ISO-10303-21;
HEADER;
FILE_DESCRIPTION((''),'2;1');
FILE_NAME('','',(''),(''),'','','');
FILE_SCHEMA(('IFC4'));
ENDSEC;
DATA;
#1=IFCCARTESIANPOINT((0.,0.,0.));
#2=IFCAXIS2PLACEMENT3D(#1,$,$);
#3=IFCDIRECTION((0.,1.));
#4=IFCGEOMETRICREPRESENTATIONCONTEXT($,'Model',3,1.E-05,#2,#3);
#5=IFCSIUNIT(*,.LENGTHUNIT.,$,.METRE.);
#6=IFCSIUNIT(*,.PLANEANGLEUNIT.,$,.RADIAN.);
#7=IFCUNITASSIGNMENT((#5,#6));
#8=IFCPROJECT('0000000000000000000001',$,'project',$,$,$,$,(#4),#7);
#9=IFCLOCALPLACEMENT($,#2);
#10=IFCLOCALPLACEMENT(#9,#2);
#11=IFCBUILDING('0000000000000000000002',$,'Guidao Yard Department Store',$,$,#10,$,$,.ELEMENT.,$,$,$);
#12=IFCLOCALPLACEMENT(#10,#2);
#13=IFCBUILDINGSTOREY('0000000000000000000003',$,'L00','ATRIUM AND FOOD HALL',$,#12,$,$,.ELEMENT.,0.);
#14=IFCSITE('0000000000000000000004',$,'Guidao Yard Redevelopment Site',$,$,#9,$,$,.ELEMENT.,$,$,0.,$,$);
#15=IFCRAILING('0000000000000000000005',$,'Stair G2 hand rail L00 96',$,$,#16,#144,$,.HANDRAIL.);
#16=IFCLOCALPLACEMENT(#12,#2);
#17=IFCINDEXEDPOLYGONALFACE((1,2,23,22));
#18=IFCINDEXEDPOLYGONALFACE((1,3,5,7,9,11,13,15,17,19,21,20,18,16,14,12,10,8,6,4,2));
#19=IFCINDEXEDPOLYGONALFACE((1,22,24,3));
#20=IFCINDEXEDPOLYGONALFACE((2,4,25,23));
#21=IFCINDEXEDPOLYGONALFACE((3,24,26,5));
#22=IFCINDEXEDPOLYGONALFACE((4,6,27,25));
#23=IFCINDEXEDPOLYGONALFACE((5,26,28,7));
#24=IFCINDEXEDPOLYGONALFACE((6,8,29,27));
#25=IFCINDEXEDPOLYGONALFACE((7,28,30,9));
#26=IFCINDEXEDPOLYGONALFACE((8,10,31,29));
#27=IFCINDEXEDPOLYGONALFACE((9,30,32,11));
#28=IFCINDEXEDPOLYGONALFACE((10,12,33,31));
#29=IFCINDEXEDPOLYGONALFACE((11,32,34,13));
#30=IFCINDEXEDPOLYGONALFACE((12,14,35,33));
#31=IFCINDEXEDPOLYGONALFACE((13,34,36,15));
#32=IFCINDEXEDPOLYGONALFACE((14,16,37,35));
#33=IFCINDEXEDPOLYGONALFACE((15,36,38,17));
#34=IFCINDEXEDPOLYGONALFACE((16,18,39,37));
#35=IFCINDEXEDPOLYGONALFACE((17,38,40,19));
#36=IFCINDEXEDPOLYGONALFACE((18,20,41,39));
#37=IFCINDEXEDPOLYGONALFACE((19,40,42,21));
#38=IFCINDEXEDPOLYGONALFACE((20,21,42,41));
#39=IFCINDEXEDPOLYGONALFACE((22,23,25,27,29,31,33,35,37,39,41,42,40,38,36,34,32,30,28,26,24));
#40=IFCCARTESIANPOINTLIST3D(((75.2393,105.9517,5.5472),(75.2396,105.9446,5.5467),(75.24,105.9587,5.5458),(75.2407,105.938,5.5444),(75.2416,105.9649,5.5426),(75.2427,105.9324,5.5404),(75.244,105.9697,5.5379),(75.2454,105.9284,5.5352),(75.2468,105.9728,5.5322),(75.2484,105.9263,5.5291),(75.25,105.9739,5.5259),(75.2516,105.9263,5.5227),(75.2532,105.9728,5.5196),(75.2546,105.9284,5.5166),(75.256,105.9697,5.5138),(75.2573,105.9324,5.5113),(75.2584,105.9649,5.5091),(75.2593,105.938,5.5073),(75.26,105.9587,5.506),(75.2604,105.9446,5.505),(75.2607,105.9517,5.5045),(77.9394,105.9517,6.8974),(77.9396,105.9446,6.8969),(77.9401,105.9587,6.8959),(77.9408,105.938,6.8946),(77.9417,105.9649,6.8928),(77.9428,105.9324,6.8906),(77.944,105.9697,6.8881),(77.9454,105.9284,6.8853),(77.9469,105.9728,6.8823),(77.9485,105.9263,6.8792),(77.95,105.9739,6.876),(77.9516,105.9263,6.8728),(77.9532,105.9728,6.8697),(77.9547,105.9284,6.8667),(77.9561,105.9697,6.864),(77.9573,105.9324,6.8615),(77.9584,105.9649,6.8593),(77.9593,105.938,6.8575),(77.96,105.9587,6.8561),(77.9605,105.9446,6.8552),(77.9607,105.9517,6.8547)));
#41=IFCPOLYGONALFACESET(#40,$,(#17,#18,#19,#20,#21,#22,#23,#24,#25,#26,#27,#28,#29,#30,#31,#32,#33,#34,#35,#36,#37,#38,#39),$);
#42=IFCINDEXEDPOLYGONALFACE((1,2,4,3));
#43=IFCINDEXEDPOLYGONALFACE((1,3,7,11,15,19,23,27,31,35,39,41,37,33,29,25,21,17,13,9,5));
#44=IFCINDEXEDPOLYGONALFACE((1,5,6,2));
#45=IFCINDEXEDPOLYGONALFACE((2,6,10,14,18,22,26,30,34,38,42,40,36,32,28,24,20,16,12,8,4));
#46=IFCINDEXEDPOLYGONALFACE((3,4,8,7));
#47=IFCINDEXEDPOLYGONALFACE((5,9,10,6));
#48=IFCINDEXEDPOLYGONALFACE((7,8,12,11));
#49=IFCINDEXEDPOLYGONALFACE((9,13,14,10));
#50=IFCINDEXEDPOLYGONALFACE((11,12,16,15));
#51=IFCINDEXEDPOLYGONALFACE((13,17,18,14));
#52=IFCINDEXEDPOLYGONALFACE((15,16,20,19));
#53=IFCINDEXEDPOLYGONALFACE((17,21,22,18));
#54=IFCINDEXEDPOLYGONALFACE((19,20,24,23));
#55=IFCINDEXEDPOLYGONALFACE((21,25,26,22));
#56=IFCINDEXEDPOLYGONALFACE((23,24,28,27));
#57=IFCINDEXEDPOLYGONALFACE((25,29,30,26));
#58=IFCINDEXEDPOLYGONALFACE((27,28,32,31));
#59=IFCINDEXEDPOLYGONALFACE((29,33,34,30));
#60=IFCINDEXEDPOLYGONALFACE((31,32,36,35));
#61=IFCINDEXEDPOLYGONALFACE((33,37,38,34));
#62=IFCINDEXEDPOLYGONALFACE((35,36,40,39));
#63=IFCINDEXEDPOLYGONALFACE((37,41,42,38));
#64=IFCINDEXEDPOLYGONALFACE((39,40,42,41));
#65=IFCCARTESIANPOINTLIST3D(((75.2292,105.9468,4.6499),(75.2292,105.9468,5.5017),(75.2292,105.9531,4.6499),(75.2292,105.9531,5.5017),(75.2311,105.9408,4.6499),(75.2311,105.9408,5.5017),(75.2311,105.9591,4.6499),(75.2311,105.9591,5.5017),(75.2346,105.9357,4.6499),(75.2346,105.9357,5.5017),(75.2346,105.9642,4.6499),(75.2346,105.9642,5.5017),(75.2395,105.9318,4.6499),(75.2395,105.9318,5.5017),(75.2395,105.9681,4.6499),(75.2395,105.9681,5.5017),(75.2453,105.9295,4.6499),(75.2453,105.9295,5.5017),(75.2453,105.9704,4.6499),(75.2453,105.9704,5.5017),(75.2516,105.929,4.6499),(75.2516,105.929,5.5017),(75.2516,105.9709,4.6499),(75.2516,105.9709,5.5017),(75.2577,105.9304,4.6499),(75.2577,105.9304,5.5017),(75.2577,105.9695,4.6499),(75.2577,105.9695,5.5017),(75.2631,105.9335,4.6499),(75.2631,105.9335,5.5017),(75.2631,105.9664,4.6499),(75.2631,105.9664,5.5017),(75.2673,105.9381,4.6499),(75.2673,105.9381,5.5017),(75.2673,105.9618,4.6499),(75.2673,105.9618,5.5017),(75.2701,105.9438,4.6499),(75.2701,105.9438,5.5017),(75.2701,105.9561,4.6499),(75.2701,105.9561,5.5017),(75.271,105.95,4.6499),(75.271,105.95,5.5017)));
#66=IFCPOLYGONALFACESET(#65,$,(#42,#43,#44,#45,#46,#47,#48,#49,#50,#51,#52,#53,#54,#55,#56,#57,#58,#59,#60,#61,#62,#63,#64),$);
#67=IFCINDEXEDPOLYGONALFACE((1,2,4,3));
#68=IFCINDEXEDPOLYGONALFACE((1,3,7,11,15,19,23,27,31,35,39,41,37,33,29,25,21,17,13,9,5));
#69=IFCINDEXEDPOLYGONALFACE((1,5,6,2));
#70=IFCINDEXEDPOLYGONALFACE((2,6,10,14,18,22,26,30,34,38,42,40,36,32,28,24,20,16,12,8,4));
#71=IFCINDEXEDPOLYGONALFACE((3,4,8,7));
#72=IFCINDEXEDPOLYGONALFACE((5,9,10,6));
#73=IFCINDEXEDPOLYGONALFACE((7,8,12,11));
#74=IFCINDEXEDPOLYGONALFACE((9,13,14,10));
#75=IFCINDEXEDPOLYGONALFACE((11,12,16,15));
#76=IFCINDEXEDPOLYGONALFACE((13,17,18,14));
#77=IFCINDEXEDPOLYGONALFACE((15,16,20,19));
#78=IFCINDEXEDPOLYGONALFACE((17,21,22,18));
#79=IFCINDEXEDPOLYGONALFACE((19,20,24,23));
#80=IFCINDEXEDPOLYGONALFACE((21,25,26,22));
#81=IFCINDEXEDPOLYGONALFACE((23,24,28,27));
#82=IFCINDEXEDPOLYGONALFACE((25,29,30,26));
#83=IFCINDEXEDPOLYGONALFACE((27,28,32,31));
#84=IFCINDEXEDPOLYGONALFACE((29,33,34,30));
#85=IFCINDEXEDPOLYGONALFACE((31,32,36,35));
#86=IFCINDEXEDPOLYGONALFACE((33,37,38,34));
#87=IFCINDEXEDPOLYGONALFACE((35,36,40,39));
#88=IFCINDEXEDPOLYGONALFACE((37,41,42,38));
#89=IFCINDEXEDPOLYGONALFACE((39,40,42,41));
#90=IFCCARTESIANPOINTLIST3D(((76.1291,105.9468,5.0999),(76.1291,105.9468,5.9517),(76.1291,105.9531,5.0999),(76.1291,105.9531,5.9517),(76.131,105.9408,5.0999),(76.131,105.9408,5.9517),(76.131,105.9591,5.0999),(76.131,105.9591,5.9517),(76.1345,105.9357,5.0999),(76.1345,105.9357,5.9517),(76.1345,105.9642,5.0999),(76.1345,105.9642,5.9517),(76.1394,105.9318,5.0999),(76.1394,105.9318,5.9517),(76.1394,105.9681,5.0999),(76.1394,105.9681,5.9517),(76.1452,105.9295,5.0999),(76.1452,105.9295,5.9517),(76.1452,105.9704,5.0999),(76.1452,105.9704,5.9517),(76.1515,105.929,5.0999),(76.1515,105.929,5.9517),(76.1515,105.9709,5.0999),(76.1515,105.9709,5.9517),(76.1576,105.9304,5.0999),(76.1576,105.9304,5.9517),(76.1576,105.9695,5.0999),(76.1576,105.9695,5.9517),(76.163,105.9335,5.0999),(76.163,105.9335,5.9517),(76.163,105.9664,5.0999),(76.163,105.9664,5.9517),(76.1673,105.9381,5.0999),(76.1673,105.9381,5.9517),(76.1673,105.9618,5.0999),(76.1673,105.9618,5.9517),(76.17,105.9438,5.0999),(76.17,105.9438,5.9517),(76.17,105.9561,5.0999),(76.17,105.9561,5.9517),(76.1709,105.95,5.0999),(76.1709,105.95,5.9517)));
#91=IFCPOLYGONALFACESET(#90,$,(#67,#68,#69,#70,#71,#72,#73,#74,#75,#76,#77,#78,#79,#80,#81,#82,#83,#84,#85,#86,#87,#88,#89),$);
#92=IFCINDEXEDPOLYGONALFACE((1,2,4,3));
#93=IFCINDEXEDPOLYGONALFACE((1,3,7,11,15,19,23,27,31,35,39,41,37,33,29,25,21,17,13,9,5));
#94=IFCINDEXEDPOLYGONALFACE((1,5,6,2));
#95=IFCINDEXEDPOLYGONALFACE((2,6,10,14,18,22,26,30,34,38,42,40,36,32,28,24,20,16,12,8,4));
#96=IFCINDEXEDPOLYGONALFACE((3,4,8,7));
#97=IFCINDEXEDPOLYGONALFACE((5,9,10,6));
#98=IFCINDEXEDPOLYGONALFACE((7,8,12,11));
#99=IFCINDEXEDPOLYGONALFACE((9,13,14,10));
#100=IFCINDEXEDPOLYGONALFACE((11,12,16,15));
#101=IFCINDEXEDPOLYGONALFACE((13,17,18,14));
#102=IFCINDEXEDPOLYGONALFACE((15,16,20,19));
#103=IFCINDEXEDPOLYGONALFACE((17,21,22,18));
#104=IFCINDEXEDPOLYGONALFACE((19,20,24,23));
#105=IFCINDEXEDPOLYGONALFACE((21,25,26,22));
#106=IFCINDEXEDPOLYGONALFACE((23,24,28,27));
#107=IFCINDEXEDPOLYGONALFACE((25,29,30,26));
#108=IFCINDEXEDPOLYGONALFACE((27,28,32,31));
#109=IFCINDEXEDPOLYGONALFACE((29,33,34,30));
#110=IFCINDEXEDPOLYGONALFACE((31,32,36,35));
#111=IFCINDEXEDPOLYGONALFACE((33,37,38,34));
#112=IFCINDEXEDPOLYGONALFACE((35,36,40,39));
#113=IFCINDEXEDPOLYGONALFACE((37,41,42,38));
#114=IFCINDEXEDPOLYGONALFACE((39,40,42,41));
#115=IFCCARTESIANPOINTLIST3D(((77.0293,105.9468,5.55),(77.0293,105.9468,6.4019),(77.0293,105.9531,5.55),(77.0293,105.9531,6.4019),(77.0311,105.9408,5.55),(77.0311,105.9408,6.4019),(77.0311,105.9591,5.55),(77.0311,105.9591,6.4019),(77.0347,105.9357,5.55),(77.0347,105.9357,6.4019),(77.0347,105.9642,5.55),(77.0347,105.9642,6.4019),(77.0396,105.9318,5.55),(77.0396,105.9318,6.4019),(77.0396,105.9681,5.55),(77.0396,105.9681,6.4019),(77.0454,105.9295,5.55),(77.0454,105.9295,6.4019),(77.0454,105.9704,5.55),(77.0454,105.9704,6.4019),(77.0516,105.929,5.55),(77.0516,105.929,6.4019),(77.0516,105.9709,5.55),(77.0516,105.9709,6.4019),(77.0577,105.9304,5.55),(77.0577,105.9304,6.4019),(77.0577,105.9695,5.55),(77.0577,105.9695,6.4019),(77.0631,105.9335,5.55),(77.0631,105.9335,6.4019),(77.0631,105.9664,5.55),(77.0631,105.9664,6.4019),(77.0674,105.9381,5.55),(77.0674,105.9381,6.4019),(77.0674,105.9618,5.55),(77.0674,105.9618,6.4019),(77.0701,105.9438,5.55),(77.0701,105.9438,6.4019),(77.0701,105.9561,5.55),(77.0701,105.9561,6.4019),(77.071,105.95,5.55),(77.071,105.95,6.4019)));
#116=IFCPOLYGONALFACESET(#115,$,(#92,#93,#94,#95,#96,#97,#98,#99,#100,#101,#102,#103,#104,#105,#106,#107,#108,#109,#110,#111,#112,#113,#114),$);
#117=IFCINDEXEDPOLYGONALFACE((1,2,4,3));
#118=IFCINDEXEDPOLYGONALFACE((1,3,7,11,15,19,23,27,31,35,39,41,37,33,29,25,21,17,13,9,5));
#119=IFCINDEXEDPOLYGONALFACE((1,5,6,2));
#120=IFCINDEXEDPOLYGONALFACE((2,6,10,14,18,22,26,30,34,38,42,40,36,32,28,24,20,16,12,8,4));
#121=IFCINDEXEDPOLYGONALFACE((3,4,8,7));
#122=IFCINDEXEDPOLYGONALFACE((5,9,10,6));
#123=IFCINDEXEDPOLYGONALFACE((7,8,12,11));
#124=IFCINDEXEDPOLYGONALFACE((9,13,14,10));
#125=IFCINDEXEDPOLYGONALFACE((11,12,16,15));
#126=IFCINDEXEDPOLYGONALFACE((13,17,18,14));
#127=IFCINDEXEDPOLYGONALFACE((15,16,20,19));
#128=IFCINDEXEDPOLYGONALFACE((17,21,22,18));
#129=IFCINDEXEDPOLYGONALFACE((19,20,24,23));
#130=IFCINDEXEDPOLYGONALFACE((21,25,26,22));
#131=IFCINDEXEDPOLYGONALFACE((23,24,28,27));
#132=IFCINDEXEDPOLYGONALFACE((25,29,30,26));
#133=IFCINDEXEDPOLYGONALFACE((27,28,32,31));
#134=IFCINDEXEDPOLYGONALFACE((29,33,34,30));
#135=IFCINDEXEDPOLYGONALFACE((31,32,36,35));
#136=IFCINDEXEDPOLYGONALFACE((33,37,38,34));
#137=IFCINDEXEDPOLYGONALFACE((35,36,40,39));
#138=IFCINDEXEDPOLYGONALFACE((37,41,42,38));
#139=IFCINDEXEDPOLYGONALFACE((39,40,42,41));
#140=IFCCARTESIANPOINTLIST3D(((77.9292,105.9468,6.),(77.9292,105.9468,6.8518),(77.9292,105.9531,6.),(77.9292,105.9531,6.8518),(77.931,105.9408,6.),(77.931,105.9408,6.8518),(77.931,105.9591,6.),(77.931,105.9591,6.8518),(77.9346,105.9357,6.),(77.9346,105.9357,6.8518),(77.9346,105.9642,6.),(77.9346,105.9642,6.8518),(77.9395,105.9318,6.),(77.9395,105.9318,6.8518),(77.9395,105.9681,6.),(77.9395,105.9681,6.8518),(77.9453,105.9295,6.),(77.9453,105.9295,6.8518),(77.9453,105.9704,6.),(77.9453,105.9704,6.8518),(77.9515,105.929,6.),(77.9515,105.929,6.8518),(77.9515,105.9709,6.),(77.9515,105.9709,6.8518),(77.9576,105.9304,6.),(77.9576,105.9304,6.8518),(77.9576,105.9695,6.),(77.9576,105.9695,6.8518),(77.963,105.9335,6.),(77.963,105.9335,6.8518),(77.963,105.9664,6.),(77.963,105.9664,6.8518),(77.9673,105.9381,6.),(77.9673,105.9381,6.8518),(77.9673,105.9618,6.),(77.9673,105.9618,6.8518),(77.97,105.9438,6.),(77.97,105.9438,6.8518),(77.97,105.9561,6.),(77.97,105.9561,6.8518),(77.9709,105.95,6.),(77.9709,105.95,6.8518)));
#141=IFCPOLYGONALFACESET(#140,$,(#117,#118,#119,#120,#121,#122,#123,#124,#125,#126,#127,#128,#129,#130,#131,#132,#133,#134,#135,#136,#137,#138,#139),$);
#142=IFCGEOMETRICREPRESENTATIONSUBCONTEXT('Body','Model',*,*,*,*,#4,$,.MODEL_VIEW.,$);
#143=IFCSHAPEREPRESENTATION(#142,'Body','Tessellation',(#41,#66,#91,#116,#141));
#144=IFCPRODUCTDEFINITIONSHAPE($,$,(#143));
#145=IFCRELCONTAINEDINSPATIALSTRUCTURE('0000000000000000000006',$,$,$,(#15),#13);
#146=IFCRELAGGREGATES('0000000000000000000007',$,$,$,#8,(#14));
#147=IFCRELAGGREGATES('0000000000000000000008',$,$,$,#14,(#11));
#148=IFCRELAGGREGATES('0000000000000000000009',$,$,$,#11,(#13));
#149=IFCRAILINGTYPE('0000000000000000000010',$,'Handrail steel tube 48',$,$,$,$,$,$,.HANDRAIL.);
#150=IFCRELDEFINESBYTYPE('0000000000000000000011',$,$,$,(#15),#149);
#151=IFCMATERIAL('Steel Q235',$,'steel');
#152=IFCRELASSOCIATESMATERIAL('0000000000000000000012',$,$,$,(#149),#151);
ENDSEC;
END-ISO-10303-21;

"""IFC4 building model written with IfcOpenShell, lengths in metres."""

from ifc_helpers import new_model, si_unit, direction, frame, origin, origin_2d, place, context, subcontext, project, spatial, circle, extrude, material, type_object, element, save


model = new_model("IFC4")

# Units and contexts
model_context = context("Model", 3, precision=1e-05, world=origin(), true_north=direction((0.0, 1.0)))
body_context = subcontext(model_context, "Body", "Model", "MODEL_VIEW")
ifc_project = project(units=[si_unit("LENGTHUNIT", "METRE"), si_unit("PLANEANGLEUNIT", "RADIAN")], contexts=[model_context])

# Site, building, storey
site_placement = place(None, origin())
site = spatial("IfcSite", under=ifc_project, at=site_placement, Name="Guidao Yard Redevelopment Site", CompositionType="ELEMENT", RefElevation=0.0)
building_placement = place(site_placement, origin())
building = spatial("IfcBuilding", under=site, at=building_placement, Name="Guidao Yard Department Store", CompositionType="ELEMENT")
storey_placement = place(building_placement, origin())
storey = spatial("IfcBuildingStorey", under=building, at=storey_placement, Name="L00", Description="ATRIUM AND FOOD HALL", CompositionType="ELEMENT", Elevation=0.0)

# Railing
ifc_material_1 = material(Name="Steel Q235", Category="steel")
railing_type = type_object("IfcRailingType", Name="Handrail steel tube 48", PredefinedType="HANDRAIL", material=ifc_material_1)
for number, where, name in (
    (1, (75.25, 105.95, 4.6499), "Stair G2 hand rail L00 96"),
):
    element("IfcRailing", number, at=place(storey_placement, frame(where)), inside=storey, type_object=railing_type, Name=name, PredefinedType="HANDRAIL", context=body_context, shape_type="SweptSolid", body=[
        extrude(circle(Radius=0.0239, at=origin_2d()), frame((0.0, 0.0, 0.876), z_axis=(0.894411, 0.0, 0.447246), x_axis=(0.0, 1.0, 0.0)), (0.0, 0.0, 1.0), 3.0188),
        extrude(circle(Radius=0.021, at=origin_2d()), origin(), (0.0, 0.0, 1.0), 0.8518),
        extrude(circle(Radius=0.021, at=origin_2d()), frame((0.8999, 0.0, 0.45)), (0.0, 0.0, 1.0), 0.8518),
        extrude(circle(Radius=0.021, at=origin_2d()), frame((1.8, 0.0, 0.9001)), (0.0, 0.0, 1.0), 0.8518),
        extrude(circle(Radius=0.021, at=origin_2d()), frame((2.7, 0.0, 1.3501)), (0.0, 0.0, 1.0), 0.8518),
    ])

save(model, "model.ifc")
